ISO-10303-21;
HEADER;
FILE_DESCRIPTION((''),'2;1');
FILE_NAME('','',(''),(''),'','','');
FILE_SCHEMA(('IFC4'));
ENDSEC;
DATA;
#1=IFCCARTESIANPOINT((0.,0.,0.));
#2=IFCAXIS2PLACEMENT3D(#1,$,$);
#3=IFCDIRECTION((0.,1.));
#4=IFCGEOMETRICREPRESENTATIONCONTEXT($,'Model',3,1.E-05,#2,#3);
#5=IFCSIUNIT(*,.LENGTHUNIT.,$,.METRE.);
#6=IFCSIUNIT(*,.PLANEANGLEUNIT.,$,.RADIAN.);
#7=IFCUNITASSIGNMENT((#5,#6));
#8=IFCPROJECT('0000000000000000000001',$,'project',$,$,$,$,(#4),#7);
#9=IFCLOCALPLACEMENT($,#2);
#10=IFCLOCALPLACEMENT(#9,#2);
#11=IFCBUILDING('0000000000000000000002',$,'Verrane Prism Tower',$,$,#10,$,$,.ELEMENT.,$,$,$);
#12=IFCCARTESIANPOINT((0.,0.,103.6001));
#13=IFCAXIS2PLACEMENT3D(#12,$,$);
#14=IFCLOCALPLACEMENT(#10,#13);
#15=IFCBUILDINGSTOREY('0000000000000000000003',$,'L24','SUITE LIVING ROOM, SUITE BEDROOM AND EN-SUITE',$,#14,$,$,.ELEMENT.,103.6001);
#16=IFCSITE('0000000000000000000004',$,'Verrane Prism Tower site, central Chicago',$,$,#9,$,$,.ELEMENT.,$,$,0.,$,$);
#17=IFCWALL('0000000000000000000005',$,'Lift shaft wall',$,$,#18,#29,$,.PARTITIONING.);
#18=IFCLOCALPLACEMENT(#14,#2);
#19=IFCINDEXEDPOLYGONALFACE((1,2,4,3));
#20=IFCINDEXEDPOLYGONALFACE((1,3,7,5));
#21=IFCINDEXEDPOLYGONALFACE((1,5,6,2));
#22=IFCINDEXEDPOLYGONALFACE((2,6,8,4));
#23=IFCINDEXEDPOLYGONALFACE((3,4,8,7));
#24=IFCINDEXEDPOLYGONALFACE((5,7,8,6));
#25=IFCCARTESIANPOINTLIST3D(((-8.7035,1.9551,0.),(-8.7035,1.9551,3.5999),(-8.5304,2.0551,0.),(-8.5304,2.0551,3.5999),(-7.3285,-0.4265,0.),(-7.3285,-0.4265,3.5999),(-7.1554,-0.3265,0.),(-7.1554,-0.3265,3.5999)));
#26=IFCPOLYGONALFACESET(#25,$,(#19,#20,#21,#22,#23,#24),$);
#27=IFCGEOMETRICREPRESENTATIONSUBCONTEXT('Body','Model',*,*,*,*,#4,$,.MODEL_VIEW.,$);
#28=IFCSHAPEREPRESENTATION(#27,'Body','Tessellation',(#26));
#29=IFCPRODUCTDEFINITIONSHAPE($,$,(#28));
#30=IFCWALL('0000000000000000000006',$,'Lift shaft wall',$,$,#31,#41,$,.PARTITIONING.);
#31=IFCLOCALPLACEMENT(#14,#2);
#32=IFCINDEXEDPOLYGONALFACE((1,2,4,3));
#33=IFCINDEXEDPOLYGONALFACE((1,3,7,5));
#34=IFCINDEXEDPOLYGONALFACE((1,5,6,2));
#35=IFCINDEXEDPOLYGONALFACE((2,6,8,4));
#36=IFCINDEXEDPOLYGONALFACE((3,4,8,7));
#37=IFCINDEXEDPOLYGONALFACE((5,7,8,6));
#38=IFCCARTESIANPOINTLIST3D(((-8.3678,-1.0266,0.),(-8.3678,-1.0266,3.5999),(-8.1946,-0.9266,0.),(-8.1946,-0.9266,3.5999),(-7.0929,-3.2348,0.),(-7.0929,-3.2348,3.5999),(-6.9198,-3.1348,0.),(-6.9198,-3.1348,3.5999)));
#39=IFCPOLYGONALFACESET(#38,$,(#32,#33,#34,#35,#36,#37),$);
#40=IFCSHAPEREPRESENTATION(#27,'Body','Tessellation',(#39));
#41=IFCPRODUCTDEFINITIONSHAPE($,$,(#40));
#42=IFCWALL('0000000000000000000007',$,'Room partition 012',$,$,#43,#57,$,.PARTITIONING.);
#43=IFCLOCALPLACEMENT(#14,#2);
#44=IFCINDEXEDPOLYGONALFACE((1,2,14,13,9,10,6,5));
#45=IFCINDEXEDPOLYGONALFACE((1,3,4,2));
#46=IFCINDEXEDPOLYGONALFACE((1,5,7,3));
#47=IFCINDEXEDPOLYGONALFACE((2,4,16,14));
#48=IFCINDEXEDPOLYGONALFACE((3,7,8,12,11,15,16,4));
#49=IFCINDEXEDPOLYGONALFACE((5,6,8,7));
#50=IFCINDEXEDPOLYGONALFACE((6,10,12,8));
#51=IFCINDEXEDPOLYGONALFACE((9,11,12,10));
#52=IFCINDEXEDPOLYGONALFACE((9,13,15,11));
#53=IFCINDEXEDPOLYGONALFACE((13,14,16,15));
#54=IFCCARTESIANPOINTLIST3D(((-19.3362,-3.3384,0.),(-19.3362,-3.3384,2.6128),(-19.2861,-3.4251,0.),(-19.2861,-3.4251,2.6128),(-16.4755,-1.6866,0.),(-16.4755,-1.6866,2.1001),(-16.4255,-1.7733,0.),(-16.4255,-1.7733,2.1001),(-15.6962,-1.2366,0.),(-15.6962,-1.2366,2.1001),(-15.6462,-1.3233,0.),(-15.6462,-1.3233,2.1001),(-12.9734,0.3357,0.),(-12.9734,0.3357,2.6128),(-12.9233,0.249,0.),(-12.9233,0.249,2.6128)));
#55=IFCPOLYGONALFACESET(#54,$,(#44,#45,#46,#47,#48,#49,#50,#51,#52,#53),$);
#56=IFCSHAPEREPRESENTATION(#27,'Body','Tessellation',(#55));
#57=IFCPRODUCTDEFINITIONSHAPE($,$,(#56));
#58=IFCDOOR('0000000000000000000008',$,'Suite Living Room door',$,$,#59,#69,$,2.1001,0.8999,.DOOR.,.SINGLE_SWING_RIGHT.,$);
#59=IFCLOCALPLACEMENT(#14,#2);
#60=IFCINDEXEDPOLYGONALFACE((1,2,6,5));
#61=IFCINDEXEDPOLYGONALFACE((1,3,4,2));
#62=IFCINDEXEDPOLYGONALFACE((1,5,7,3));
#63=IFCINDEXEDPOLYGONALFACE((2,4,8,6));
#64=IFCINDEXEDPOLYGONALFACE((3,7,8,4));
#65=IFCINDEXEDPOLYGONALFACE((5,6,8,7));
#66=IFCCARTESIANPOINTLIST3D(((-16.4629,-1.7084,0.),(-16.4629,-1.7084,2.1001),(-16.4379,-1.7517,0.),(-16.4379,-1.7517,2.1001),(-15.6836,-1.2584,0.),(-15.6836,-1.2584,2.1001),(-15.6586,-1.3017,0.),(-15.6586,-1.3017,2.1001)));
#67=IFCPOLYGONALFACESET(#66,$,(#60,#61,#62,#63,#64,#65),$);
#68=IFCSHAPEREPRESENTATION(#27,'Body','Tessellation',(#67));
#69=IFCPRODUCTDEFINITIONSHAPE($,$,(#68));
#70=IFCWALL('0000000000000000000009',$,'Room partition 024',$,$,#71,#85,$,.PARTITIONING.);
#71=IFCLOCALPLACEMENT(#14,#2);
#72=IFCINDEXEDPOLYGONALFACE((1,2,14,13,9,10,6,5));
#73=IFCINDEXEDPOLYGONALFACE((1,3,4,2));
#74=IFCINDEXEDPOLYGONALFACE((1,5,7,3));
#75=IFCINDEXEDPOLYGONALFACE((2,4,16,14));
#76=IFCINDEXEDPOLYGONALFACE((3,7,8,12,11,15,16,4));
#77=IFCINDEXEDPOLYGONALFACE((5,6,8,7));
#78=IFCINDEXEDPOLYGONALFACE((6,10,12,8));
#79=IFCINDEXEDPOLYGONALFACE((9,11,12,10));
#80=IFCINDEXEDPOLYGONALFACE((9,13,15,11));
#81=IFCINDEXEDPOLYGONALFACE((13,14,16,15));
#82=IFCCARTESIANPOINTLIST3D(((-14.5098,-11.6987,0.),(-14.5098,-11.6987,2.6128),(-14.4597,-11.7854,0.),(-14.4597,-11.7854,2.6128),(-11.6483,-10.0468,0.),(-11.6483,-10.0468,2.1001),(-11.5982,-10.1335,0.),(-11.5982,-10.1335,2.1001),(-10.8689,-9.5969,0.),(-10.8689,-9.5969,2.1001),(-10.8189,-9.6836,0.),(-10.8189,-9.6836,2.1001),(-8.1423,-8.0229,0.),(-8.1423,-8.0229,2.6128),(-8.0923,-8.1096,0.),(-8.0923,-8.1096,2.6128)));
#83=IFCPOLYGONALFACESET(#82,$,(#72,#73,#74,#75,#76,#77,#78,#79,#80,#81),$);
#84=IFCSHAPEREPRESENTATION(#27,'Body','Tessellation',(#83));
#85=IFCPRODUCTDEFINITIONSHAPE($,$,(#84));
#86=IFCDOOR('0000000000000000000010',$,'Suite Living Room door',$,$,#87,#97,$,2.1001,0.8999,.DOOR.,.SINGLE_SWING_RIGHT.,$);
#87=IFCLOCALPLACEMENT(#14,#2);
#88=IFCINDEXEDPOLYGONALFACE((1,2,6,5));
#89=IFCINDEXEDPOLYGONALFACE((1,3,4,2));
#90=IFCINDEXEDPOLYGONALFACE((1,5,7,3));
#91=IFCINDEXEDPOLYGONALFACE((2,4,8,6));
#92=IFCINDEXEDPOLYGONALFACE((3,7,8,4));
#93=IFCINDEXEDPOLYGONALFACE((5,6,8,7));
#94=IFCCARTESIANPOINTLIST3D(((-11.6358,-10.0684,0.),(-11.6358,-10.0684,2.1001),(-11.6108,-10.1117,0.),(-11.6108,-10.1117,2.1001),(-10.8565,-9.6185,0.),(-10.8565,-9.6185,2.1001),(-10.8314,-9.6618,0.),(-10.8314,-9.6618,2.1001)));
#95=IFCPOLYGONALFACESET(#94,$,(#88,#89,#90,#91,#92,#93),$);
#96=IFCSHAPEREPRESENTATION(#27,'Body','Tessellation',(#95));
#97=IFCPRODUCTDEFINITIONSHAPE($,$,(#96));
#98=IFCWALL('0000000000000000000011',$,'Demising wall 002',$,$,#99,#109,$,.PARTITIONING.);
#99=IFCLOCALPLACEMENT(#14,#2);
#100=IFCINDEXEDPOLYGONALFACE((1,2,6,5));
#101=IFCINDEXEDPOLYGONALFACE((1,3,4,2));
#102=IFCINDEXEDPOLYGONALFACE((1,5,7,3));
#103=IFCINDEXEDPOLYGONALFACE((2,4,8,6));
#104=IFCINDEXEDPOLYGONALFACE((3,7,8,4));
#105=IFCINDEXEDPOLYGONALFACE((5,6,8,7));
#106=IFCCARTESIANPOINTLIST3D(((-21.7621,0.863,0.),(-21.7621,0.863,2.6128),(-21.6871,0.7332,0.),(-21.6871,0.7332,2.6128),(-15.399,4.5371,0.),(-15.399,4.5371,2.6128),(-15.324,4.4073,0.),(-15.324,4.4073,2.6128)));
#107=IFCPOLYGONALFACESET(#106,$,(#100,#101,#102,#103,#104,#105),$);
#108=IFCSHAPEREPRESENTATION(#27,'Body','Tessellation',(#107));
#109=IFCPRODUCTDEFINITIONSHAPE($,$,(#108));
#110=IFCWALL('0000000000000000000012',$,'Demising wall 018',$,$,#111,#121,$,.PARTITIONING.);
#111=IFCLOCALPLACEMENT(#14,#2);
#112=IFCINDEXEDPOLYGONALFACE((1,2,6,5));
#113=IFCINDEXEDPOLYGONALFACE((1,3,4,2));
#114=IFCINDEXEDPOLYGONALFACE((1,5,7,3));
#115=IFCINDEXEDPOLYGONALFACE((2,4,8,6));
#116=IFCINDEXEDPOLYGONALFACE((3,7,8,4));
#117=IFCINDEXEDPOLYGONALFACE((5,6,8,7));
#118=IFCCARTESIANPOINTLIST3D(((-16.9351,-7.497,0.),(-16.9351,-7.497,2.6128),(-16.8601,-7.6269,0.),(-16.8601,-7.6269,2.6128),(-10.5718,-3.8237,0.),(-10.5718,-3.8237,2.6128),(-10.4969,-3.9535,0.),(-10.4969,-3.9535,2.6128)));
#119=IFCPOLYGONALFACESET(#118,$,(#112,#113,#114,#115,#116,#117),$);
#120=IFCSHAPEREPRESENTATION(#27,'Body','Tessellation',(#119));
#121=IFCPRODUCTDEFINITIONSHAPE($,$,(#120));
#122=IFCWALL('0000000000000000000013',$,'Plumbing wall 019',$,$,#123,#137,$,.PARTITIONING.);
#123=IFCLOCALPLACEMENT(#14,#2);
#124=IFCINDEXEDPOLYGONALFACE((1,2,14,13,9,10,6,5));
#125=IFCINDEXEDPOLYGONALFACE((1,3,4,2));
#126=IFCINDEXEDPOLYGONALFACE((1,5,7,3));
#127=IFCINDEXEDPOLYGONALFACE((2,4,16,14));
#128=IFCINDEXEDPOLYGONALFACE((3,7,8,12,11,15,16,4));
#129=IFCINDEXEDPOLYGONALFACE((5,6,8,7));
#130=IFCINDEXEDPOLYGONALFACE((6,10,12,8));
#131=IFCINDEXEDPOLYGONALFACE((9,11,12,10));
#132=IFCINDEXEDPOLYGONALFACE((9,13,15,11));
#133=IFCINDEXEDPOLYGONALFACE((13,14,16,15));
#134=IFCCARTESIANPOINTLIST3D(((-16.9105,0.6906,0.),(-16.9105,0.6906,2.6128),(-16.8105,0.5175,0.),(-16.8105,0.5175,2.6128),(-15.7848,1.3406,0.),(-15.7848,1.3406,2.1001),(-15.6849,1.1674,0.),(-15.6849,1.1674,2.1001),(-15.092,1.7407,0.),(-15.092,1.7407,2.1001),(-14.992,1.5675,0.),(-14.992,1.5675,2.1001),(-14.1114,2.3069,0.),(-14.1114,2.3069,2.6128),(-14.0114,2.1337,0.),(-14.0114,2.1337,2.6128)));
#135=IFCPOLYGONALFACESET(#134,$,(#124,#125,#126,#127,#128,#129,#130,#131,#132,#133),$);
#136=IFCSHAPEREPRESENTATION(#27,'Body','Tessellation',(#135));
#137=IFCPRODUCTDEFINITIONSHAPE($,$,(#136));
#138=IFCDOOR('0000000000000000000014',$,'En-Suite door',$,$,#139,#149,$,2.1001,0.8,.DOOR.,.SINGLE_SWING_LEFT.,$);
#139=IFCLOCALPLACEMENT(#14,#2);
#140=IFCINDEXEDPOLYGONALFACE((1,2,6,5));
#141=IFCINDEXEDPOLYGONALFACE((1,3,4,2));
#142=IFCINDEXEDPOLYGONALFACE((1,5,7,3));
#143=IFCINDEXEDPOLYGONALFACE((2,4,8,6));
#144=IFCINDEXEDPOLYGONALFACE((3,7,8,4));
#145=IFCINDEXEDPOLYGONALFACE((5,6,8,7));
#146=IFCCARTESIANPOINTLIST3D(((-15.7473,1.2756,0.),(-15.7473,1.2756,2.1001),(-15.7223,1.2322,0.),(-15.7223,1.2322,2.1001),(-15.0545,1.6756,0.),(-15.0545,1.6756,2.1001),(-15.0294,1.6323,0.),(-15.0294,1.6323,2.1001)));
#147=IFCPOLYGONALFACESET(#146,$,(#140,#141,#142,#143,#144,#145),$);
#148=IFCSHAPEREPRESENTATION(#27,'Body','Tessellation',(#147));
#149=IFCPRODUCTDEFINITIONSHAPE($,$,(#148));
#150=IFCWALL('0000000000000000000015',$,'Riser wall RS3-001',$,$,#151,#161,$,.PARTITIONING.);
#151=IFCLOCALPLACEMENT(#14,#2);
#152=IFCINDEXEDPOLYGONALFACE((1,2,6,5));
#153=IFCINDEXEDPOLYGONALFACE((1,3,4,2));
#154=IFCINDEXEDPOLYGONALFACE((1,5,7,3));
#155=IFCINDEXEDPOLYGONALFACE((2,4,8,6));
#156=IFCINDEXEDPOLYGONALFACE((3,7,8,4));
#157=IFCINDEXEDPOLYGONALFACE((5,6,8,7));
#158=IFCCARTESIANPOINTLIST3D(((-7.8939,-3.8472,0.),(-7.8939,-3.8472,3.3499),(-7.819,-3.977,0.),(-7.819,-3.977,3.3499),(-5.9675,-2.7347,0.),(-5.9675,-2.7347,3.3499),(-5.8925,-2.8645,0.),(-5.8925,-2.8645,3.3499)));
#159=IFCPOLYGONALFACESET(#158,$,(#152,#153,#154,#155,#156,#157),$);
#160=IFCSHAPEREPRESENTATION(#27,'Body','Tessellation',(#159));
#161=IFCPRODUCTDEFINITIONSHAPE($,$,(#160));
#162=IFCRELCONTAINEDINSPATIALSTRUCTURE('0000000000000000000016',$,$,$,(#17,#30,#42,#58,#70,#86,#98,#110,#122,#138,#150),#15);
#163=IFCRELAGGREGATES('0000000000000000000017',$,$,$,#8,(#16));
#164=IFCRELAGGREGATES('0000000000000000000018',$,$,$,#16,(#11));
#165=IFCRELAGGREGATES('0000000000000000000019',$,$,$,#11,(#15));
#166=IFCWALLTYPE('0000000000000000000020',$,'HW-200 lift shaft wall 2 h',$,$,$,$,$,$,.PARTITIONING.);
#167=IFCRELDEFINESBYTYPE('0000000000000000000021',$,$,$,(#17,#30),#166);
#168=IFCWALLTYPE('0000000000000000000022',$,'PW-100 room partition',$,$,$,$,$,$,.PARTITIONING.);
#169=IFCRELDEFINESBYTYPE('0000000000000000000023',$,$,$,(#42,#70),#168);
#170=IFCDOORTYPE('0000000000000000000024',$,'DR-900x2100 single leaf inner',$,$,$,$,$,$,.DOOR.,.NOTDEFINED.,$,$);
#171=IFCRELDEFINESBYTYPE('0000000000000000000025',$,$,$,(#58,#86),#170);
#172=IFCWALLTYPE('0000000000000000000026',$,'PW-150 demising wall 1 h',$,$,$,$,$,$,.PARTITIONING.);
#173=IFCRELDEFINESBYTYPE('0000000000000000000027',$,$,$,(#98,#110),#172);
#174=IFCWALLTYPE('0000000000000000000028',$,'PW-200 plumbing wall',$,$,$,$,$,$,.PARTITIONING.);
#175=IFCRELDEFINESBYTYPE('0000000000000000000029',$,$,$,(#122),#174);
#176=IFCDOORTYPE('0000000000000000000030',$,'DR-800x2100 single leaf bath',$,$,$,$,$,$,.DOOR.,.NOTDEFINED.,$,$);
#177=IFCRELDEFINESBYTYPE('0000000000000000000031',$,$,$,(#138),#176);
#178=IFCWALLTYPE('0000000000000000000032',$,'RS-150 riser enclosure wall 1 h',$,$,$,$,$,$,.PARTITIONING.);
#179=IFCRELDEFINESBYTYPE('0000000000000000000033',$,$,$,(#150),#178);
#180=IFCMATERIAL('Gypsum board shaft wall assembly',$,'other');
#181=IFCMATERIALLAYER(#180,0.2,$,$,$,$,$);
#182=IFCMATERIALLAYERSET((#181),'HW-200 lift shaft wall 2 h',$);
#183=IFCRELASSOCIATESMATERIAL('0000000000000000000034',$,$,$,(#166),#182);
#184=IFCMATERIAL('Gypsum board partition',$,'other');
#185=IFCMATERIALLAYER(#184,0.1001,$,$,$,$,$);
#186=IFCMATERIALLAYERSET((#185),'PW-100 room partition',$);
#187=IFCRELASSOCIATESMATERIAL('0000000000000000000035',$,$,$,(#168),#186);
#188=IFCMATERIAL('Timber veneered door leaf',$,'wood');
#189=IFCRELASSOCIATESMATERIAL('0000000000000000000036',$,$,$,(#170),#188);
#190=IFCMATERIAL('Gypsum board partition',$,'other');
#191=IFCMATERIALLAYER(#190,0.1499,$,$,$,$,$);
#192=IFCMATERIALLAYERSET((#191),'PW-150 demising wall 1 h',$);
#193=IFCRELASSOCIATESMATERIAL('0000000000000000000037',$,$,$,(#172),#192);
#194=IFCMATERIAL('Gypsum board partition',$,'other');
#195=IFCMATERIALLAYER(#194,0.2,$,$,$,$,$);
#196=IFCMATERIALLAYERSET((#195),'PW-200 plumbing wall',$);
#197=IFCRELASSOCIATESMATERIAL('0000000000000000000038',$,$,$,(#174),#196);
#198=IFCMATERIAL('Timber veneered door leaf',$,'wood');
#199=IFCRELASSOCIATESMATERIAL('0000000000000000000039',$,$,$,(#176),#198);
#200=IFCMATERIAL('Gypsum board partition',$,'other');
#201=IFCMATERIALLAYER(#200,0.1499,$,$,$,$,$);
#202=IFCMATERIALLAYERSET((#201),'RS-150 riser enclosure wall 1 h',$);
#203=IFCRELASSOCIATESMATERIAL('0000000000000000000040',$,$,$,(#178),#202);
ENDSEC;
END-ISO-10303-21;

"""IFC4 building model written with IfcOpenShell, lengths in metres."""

from ifc_helpers import new_model, si_unit, direction, frame, frame_2d, origin, place, context, subcontext, project, spatial, rectangle, extrude, material, layer, layer_set, type_object, element, fill, save


model = new_model("IFC4")

# Units and contexts
model_context = context("Model", 3, precision=1e-05, world=origin(), true_north=direction((0.0, 1.0)))
body_context = subcontext(model_context, "Body", "Model", "MODEL_VIEW")
ifc_project = project(units=[si_unit("LENGTHUNIT", "METRE"), si_unit("PLANEANGLEUNIT", "RADIAN")], contexts=[model_context])

# Site, building, storey
site_placement = place(None, origin())
site = spatial("IfcSite", under=ifc_project, at=site_placement, Name="Verrane Prism Tower site, central Chicago", CompositionType="ELEMENT", RefElevation=0.0)
building_placement = place(site_placement, origin())
building = spatial("IfcBuilding", under=site, at=building_placement, Name="Verrane Prism Tower", CompositionType="ELEMENT")
storey_placement = place(building_placement, frame((0.0, 0.0, 103.6001)))
storey = spatial("IfcBuildingStorey", under=building, at=storey_placement, Name="L24", Description="SUITE LIVING ROOM, SUITE BEDROOM AND EN-SUITE", CompositionType="ELEMENT", Elevation=103.6001)

# Walls
ifc_material_1 = material(Name="Gypsum board shaft wall assembly", Category="other")
ifc_layer_1 = layer(ifc_material_1, 0.2)
ifc_layer_set_1 = layer_set([ifc_layer_1], Name="HW-200 lift shaft wall 2 h")
wall_type_1 = type_object("IfcWallType", Name="HW-200 lift shaft wall 2 h", PredefinedType="PARTITIONING", material=ifc_layer_set_1)
wall_1_placement = place(storey_placement, frame((-7.2419, -0.3765, 0.0), z_axis=(0.0, 0.0, 1.0), x_axis=(-0.499997, 0.866027, 0.0)))
element("IfcWall", 1, at=wall_1_placement, inside=storey, type_object=wall_type_1, Name="Lift shaft wall", PredefinedType="PARTITIONING", context=body_context, shape_type="SweptSolid", body=[
    extrude(rectangle(XDim=2.75, YDim=0.2, at=frame_2d((1.375, 0.0))), origin(), (0.0, 0.0, 1.0), 3.5999),
])
wall_2_placement = place(storey_placement, frame((-7.0063, -3.1848, 0.0), z_axis=(0.0, 0.0, 1.0), x_axis=(-0.49999, 0.866031, 0.0)))
element("IfcWall", 2, at=wall_2_placement, inside=storey, type_object=wall_type_1, Name="Lift shaft wall", PredefinedType="PARTITIONING", context=body_context, shape_type="SweptSolid", body=[
    extrude(rectangle(XDim=2.5498, YDim=0.2, at=frame_2d((1.2749, 0.0))), origin(), (0.0, 0.0, 1.0), 3.5999),
])

# Walls, openings, doors
ifc_material_2 = material(Name="Gypsum board partition", Category="other")
ifc_layer_2 = layer(ifc_material_2, 0.1001)
ifc_layer_set_2 = layer_set([ifc_layer_2], Name="PW-100 room partition")
wall_type_2 = type_object("IfcWallType", Name="PW-100 room partition", PredefinedType="PARTITIONING", material=ifc_layer_set_2)
wall_3_placement = place(storey_placement, frame((-19.3113, -3.3818, 0.0), z_axis=(0.0, 0.0, 1.0), x_axis=(0.865995, 0.500052, 0.0)))
wall_3 = element("IfcWall", 3, at=wall_3_placement, inside=storey, type_object=wall_type_2, Name="Room partition 012", PredefinedType="PARTITIONING", context=body_context, shape_type="SweptSolid", body=[
    extrude(rectangle(XDim=7.3474, YDim=0.1001, at=frame_2d((3.6738, 0.0))), origin(), (0.0, 0.0, 1.0), 2.6128),
])
opening_1_placement = place(wall_3_placement, frame((3.3035, 0.0, 0.0)))
opening_1 = element("IfcOpeningElement", 4, at=opening_1_placement, cuts=wall_3, PredefinedType="OPENING", context=body_context, shape_type="SweptSolid", body=[
    extrude(rectangle(XDim=0.8999, YDim=2.1001, at=frame_2d((0.45, 1.05))), frame((0.0, 0.0601, 0.0), z_axis=(0.0, -1.0, 0.0), x_axis=(1.0, 0.0, 0.0)), (0.0, 0.0, 1.0), 0.1201),
])
ifc_material_3 = material(Name="Timber veneered door leaf", Category="wood")
door_type_1 = type_object("IfcDoorType", Name="DR-900x2100 single leaf inner", OperationType="NOTDEFINED", PredefinedType="DOOR", material=ifc_material_3)
door_1_placement = place(opening_1_placement, origin())
door_1 = element("IfcDoor", 5, at=door_1_placement, inside=storey, type_object=door_type_1, Name="Suite Living Room door", OperationType="SINGLE_SWING_RIGHT", OverallHeight=2.1001, OverallWidth=0.8999, PredefinedType="DOOR", context=body_context, shape_type="SweptSolid", body=[
    extrude(rectangle(XDim=0.8999, YDim=2.1001, at=frame_2d((0.45, 1.05))), frame((0.0, 0.0249, 0.0), z_axis=(0.0, -1.0, 0.0), x_axis=(1.0, 0.0, 0.0)), (0.0, 0.0, 1.0), 0.05),
])
fill(opening_1, door_1)
wall_4_placement = place(storey_placement, frame((-8.1172, -8.0662, 0.0), z_axis=(0.0, 0.0, 1.0), x_axis=(-0.866052, -0.499953, 0.0)))
wall_4 = element("IfcWall", 6, at=wall_4_placement, inside=storey, type_object=wall_type_2, Name="Room partition 024", PredefinedType="PARTITIONING", context=body_context, shape_type="SweptSolid", body=[
    extrude(rectangle(XDim=7.3523, YDim=0.1001, at=frame_2d((3.6763, 0.0))), origin(), (0.0, 0.0, 1.0), 2.6128),
])
opening_2_placement = place(wall_4_placement, frame((3.1484, 0.0, 0.0)))
opening_2 = element("IfcOpeningElement", 7, at=opening_2_placement, cuts=wall_4, PredefinedType="OPENING", context=body_context, shape_type="SweptSolid", body=[
    extrude(rectangle(XDim=0.8999, YDim=2.1001, at=frame_2d((0.45, 1.05))), frame((0.0, 0.0601, 0.0), z_axis=(0.0, -1.0, 0.0), x_axis=(1.0, 0.0, 0.0)), (0.0, 0.0, 1.0), 0.1201),
])
door_2_placement = place(opening_2_placement, origin())
door_2 = element("IfcDoor", 8, at=door_2_placement, inside=storey, type_object=door_type_1, Name="Suite Living Room door", OperationType="SINGLE_SWING_RIGHT", OverallHeight=2.1001, OverallWidth=0.8999, PredefinedType="DOOR", context=body_context, shape_type="SweptSolid", body=[
    extrude(rectangle(XDim=0.8999, YDim=2.1001, at=frame_2d((0.45, 1.05))), frame((0.0, 0.0249, 0.0), z_axis=(0.0, -1.0, 0.0), x_axis=(1.0, 0.0, 0.0)), (0.0, 0.0, 1.0), 0.05),
])
fill(opening_2, door_2)

# Walls
ifc_material_4 = material(Name="Gypsum board partition", Category="other")
ifc_layer_3 = layer(ifc_material_4, 0.1499)
ifc_layer_set_3 = layer_set([ifc_layer_3], Name="PW-150 demising wall 1 h")
wall_type_3 = type_object("IfcWallType", Name="PW-150 demising wall 1 h", PredefinedType="PARTITIONING", material=ifc_layer_set_3)
wall_5_placement = place(storey_placement, frame((-21.7246, 0.7981, 0.0), z_axis=(0.0, 0.0, 1.0), x_axis=(0.866004, 0.500038, 0.0)))
element("IfcWall", 9, at=wall_5_placement, inside=storey, type_object=wall_type_3, Name="Demising wall 002", PredefinedType="PARTITIONING", context=body_context, shape_type="SweptSolid", body=[
    extrude(rectangle(XDim=7.3477, YDim=0.1499, at=frame_2d((3.6738, 0.0))), origin(), (0.0, 0.0, 1.0), 2.6128),
])
wall_6_placement = place(storey_placement, frame((-16.8977, -7.562, 0.0), z_axis=(0.0, 0.0, 1.0), x_axis=(0.866055, 0.499949, 0.0)))
element("IfcWall", 10, at=wall_6_placement, inside=storey, type_object=wall_type_3, Name="Demising wall 018", PredefinedType="PARTITIONING", context=body_context, shape_type="SweptSolid", body=[
    extrude(rectangle(XDim=7.3474, YDim=0.1499, at=frame_2d((3.6738, 0.0))), origin(), (0.0, 0.0, 1.0), 2.6128),
])

# Wall, opening, door
ifc_material_5 = material(Name="Gypsum board partition", Category="other")
ifc_layer_4 = layer(ifc_material_5, 0.2)
ifc_layer_set_4 = layer_set([ifc_layer_4], Name="PW-200 plumbing wall")
wall_type_4 = type_object("IfcWallType", Name="PW-200 plumbing wall", PredefinedType="PARTITIONING", material=ifc_layer_set_4)
wall_7_placement = place(storey_placement, frame((-16.8606, 0.604, 0.0), z_axis=(0.0, 0.0, 1.0), x_axis=(0.866003, 0.500038, 0.0)))
wall_7 = element("IfcWall", 11, at=wall_7_placement, inside=storey, type_object=wall_type_4, Name="Plumbing wall 019", PredefinedType="PARTITIONING", context=body_context, shape_type="SweptSolid", body=[
    extrude(rectangle(XDim=3.2322, YDim=0.2, at=frame_2d((1.6162, 0.0))), origin(), (0.0, 0.0, 1.0), 2.6128),
])
opening_3_placement = place(wall_7_placement, frame((1.3, 0.0, 0.0)))
opening_3 = element("IfcOpeningElement", 12, at=opening_3_placement, cuts=wall_7, PredefinedType="OPENING", context=body_context, shape_type="SweptSolid", body=[
    extrude(rectangle(XDim=0.8, YDim=2.1001, at=frame_2d((0.3999, 1.05))), frame((0.0, 0.1099, 0.0), z_axis=(0.0, -1.0, 0.0), x_axis=(1.0, 0.0, 0.0)), (0.0, 0.0, 1.0), 0.22),
])
ifc_material_6 = material(Name="Timber veneered door leaf", Category="wood")
door_type_2 = type_object("IfcDoorType", Name="DR-800x2100 single leaf bath", OperationType="NOTDEFINED", PredefinedType="DOOR", material=ifc_material_6)
door_3_placement = place(opening_3_placement, origin())
door_3 = element("IfcDoor", 13, at=door_3_placement, inside=storey, type_object=door_type_2, Name="En-Suite door", OperationType="SINGLE_SWING_LEFT", OverallHeight=2.1001, OverallWidth=0.8, PredefinedType="DOOR", context=body_context, shape_type="SweptSolid", body=[
    extrude(rectangle(XDim=0.8, YDim=2.1001, at=frame_2d((0.3999, 1.05))), frame((0.0, 0.0249, 0.0), z_axis=(0.0, -1.0, 0.0), x_axis=(1.0, 0.0, 0.0)), (0.0, 0.0, 1.0), 0.05),
])
fill(opening_3, door_3)

# Wall
ifc_material_7 = material(Name="Gypsum board partition", Category="other")
ifc_layer_5 = layer(ifc_material_7, 0.1499)
ifc_layer_set_5 = layer_set([ifc_layer_5], Name="RS-150 riser enclosure wall 1 h")
wall_type_5 = type_object("IfcWallType", Name="RS-150 riser enclosure wall 1 h", PredefinedType="PARTITIONING", material=ifc_layer_set_5)
wall_8_placement = place(storey_placement, frame((-7.8564, -3.9121, 0.0), z_axis=(0.0, 0.0, 1.0), x_axis=(0.865972, 0.500093, 0.0)))
element("IfcWall", 14, at=wall_8_placement, inside=storey, type_object=wall_type_5, Name="Riser wall RS3-001", PredefinedType="PARTITIONING", context=body_context, shape_type="SweptSolid", body=[
    extrude(rectangle(XDim=2.2246, YDim=0.1499, at=frame_2d((1.1123, 0.0))), origin(), (0.0, 0.0, 1.0), 3.3499),
])

save(model, "model.ifc")
